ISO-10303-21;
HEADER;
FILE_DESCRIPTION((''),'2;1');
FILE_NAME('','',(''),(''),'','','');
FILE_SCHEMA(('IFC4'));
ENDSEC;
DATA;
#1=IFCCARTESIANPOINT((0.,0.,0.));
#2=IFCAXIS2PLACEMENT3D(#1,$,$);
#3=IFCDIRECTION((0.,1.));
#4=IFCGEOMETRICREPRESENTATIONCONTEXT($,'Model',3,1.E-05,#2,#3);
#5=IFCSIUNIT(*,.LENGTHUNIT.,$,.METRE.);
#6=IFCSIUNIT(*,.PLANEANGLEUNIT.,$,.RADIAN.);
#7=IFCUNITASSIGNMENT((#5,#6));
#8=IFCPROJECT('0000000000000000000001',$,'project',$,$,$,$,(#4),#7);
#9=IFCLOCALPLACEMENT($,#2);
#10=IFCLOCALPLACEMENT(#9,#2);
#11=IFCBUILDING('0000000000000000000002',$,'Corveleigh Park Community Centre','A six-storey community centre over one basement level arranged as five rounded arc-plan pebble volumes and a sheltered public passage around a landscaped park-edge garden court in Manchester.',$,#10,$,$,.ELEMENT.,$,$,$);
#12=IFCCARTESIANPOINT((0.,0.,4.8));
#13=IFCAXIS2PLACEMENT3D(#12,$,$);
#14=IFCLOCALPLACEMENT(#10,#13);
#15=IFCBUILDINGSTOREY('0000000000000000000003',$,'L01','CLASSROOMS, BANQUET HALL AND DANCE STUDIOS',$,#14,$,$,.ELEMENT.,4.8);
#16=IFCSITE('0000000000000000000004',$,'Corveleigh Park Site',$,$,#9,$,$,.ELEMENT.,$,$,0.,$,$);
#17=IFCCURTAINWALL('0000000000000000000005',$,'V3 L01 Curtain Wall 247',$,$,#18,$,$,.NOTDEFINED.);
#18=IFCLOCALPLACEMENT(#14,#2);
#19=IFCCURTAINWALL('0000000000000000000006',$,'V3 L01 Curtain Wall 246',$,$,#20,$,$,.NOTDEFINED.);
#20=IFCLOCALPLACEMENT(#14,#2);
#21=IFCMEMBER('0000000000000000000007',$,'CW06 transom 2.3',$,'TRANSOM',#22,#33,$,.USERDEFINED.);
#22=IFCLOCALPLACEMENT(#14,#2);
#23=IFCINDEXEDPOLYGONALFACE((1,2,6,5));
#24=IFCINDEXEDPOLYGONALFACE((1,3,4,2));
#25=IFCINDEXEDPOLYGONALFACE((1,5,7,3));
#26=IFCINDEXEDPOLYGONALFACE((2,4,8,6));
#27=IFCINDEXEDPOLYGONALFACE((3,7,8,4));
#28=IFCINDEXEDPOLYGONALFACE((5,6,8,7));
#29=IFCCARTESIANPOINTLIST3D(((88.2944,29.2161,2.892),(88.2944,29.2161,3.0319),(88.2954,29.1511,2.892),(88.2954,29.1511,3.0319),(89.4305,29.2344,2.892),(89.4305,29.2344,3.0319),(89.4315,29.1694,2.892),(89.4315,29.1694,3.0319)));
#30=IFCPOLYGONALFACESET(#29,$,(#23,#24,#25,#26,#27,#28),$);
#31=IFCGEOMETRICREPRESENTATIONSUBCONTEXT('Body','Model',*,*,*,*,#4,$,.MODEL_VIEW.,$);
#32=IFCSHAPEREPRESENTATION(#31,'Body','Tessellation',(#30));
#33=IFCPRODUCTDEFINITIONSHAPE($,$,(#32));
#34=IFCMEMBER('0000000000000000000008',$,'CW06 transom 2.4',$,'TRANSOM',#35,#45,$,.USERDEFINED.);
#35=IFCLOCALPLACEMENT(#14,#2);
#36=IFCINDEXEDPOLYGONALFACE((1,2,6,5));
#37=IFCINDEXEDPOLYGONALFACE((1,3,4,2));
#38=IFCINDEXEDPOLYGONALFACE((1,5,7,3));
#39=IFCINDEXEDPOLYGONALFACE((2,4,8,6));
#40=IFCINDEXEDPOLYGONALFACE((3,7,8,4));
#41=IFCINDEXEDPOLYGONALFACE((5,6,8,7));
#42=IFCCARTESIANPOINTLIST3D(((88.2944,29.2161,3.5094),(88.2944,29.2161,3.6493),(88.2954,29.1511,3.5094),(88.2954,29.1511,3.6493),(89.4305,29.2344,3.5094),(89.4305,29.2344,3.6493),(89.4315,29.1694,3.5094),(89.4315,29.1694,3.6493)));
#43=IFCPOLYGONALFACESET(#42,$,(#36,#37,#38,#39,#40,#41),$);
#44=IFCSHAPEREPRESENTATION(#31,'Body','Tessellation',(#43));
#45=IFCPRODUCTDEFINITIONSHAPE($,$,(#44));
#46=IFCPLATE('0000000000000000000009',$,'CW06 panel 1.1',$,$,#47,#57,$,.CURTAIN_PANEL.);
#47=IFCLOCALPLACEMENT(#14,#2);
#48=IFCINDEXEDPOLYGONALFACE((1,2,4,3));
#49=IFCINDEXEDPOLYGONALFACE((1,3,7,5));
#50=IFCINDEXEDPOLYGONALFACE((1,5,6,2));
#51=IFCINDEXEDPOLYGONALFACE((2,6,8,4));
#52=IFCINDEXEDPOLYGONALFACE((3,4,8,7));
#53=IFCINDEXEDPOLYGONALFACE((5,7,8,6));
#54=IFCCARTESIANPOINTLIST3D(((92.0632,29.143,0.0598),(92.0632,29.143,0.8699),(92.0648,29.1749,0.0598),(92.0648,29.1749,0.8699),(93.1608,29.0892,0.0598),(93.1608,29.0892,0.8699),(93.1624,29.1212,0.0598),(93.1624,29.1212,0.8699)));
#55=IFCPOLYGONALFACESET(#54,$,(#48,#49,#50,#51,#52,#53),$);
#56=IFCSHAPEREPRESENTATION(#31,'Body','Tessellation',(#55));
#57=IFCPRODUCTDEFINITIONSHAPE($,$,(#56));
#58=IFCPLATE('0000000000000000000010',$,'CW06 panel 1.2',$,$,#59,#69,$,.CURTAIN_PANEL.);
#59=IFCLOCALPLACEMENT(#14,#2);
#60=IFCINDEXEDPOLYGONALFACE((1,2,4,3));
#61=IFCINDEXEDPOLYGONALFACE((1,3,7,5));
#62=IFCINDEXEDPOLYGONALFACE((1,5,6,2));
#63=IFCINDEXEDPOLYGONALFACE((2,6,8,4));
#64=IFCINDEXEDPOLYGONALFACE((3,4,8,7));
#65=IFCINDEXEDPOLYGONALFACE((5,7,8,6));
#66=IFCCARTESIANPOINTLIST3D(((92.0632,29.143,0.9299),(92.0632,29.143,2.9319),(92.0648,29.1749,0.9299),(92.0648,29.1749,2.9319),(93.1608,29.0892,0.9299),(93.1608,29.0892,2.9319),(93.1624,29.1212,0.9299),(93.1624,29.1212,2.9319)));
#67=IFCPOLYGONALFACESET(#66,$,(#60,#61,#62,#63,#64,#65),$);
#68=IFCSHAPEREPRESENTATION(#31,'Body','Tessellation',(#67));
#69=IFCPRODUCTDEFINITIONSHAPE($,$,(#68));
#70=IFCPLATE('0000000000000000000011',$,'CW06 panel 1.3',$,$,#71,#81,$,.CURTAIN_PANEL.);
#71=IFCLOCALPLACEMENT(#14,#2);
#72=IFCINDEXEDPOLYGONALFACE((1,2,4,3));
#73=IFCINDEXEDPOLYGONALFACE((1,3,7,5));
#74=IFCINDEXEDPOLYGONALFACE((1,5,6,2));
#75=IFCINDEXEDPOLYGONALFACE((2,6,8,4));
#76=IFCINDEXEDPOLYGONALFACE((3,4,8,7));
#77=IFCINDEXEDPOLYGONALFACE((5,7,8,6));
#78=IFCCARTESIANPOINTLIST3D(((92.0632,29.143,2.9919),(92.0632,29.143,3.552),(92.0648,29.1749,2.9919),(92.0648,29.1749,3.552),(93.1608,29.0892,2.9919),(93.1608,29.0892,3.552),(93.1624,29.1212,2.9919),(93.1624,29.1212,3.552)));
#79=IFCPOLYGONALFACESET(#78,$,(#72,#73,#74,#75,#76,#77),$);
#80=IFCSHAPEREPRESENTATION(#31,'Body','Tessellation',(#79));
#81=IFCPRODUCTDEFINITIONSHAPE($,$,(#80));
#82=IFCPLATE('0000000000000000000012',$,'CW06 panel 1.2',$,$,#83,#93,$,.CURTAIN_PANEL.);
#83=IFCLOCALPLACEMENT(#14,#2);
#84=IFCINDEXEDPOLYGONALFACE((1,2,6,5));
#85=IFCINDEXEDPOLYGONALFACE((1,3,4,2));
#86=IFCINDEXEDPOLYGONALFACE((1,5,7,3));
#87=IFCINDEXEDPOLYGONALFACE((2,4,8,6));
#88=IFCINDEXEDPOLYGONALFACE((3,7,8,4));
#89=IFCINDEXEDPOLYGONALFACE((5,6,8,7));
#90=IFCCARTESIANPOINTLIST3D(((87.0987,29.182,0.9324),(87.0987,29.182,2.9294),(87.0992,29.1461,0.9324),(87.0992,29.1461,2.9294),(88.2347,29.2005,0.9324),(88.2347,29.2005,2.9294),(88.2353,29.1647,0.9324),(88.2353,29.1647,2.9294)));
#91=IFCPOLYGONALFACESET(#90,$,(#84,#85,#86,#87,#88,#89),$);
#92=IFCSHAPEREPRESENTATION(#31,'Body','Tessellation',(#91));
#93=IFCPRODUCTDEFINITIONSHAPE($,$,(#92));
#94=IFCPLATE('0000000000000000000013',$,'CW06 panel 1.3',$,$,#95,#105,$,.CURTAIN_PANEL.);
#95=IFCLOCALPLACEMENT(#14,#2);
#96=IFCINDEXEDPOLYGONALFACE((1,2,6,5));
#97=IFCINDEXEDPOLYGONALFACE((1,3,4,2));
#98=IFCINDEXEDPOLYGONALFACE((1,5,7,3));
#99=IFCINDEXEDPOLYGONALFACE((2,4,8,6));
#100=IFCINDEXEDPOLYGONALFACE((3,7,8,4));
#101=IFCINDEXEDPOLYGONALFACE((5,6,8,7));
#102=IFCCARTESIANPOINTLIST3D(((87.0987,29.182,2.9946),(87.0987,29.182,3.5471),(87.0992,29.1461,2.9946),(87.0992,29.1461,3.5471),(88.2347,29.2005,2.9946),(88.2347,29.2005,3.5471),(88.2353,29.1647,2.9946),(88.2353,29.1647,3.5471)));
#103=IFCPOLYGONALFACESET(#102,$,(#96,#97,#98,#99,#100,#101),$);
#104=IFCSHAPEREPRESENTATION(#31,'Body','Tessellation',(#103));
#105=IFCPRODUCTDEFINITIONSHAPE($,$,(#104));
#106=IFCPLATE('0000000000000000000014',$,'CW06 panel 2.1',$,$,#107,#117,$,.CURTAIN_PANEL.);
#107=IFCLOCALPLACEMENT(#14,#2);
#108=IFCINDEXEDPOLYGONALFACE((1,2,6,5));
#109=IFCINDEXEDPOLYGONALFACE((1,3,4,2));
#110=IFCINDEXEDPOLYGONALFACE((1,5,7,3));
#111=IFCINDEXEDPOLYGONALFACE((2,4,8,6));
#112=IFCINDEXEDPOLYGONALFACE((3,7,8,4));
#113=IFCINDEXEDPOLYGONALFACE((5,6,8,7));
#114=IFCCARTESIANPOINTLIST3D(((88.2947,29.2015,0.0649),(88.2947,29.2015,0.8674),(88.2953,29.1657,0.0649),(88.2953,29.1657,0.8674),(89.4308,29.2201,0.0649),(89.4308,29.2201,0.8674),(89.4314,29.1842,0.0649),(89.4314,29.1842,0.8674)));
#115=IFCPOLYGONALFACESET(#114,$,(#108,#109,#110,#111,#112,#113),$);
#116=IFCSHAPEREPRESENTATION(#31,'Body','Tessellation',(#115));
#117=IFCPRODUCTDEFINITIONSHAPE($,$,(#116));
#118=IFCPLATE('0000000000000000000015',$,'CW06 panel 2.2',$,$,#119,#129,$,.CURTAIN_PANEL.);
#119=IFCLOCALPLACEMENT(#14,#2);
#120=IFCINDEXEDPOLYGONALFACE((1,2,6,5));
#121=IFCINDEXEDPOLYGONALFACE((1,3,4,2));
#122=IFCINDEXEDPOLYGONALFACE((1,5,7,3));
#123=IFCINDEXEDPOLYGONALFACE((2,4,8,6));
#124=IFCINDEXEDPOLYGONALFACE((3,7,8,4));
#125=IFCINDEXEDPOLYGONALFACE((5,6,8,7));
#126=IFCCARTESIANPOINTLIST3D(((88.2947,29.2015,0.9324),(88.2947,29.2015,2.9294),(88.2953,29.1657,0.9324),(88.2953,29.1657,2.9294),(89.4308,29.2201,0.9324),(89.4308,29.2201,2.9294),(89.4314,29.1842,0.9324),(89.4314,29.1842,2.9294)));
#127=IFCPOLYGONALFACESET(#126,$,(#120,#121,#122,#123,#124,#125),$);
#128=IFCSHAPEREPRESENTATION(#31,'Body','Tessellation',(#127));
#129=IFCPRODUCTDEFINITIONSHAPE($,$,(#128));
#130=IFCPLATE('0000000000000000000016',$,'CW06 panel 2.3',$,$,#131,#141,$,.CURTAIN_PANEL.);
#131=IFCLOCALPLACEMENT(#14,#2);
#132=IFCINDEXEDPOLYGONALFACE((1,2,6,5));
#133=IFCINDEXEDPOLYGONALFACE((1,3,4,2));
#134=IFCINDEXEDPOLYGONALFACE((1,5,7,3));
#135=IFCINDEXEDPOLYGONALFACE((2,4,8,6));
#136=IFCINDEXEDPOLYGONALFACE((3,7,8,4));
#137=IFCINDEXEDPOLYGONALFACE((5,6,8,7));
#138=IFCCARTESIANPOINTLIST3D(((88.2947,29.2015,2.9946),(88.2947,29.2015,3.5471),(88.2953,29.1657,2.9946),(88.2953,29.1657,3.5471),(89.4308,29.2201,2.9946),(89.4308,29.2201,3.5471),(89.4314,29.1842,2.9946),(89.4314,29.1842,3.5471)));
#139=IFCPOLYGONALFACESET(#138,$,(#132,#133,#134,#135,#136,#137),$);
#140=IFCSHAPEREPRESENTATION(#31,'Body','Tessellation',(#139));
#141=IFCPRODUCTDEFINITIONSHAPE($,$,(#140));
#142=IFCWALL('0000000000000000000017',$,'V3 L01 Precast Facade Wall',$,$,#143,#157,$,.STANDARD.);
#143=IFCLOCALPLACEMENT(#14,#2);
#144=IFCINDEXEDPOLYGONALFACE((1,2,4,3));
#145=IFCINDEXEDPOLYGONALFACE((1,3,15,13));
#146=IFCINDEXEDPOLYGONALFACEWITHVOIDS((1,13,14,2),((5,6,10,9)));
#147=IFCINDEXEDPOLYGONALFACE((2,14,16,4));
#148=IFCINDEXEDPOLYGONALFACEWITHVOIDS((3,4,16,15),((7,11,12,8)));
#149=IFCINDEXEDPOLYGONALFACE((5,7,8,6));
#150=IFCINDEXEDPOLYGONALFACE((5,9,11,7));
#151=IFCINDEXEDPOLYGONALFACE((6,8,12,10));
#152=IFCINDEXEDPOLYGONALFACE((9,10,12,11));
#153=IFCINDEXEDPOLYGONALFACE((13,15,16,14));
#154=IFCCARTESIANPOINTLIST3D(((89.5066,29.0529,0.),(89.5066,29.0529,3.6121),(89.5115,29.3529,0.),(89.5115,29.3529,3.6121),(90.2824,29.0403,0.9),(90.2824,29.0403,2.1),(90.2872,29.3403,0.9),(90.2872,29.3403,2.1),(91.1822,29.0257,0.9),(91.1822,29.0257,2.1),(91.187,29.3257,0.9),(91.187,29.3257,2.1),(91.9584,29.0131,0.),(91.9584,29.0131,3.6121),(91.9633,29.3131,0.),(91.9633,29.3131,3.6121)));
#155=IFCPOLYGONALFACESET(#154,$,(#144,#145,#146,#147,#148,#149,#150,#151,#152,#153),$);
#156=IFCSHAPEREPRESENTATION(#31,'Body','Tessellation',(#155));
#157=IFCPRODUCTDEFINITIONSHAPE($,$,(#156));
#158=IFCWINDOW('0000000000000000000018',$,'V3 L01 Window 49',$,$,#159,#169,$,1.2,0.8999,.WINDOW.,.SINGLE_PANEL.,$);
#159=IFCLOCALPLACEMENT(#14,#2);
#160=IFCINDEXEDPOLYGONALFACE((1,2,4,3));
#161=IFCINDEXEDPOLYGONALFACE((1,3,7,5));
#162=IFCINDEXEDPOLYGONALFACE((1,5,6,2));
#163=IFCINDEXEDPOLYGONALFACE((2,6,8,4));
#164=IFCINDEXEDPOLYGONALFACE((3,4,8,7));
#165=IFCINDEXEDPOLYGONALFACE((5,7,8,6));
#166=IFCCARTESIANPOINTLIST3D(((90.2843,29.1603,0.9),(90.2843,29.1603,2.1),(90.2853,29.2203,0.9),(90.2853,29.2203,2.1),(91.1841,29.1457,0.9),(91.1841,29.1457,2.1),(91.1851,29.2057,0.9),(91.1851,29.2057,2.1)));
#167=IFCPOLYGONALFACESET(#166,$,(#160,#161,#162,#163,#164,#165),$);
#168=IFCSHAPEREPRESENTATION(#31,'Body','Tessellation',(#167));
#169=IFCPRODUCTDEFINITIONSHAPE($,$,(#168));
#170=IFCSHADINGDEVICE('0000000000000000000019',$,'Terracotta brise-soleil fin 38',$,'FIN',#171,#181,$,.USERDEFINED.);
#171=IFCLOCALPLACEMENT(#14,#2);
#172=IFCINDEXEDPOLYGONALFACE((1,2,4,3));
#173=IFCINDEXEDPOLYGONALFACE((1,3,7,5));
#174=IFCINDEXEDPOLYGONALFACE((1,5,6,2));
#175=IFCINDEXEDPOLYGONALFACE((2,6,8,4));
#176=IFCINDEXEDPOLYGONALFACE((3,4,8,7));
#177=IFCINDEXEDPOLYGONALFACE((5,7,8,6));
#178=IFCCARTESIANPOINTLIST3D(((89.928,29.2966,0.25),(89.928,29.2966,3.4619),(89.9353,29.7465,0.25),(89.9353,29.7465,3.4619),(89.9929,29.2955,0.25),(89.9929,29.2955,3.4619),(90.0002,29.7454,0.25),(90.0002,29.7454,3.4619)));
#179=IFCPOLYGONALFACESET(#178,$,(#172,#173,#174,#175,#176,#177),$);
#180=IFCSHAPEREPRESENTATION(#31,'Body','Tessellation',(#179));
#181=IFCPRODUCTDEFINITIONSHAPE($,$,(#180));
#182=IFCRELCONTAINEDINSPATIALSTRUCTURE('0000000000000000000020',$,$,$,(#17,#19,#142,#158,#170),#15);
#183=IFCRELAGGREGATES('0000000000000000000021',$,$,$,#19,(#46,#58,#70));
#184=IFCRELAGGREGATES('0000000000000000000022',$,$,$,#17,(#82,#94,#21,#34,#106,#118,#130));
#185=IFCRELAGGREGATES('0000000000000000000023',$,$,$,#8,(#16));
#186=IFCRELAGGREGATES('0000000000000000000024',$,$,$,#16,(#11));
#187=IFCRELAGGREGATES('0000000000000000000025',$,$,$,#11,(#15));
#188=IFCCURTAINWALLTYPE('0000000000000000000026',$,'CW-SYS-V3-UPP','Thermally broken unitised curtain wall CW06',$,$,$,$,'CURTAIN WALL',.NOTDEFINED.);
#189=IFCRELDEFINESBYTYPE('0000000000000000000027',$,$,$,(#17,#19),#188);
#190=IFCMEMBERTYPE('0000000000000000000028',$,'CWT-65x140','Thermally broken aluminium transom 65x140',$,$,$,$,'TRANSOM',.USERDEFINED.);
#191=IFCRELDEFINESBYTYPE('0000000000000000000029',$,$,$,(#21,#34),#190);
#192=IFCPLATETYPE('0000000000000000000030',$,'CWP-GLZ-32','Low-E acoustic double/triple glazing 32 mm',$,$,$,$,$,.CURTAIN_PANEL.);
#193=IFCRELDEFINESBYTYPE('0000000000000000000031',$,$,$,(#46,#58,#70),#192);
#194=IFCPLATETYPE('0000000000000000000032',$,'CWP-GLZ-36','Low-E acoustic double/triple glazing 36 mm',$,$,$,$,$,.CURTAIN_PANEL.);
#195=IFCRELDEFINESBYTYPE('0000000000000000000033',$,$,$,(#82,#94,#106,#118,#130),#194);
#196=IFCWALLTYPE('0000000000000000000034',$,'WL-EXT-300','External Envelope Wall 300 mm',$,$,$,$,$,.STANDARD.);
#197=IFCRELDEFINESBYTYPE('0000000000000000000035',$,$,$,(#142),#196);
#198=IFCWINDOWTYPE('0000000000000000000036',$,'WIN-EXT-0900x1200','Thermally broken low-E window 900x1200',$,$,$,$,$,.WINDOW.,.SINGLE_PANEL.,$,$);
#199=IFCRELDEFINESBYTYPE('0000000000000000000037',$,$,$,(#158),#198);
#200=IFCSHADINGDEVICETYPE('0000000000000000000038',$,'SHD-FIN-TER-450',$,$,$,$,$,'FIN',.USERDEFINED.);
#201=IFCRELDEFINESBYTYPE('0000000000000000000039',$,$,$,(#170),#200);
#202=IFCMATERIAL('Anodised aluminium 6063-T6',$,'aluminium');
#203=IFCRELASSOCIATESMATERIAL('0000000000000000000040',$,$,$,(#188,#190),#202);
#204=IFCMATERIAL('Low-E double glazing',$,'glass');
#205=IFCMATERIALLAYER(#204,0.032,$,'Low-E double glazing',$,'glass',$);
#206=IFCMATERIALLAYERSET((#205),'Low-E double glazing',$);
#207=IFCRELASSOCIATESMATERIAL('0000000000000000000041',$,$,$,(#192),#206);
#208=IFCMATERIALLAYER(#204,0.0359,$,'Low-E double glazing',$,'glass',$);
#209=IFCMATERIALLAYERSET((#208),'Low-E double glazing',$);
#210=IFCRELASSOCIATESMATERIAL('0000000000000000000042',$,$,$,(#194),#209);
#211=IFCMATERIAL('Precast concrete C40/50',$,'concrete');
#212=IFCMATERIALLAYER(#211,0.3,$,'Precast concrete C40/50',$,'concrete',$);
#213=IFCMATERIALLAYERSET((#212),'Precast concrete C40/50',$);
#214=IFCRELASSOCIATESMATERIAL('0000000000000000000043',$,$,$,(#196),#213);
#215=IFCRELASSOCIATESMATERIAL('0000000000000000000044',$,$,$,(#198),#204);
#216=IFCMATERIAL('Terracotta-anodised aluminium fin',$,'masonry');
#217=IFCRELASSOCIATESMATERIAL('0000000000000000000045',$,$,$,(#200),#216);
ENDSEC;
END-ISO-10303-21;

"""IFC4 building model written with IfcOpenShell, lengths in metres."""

from ifc_helpers import new_model, si_unit, direction, frame, frame_2d, origin, origin_2d, place, context, subcontext, project, spatial, rectangle, extrude, material, layer, layer_set, material_profile, profile_set, type_object, element, fill, aggregate, save


model = new_model("IFC4")

# Units and contexts
model_context = context("Model", 3, precision=1e-05, world=origin(), true_north=direction((0.0, 1.0)))
body_context = subcontext(model_context, "Body", "Model", "MODEL_VIEW")
ifc_project = project(units=[si_unit("LENGTHUNIT", "METRE"), si_unit("PLANEANGLEUNIT", "RADIAN")], contexts=[model_context])

# Site, building, storey
site_placement = place(None, origin())
site = spatial("IfcSite", under=ifc_project, at=site_placement, Name="Corveleigh Park Site", CompositionType="ELEMENT", RefElevation=0.0)
building_placement = place(site_placement, origin())
building = spatial("IfcBuilding", under=site, at=building_placement, Name="Corveleigh Park Community Centre", Description="A six-storey community centre over one basement level arranged as five rounded arc-plan pebble volumes and a sheltered public passage around a landscaped park-edge garden court in Manchester.", CompositionType="ELEMENT")
storey_placement = place(building_placement, frame((0.0, 0.0, 4.8)))
storey = spatial("IfcBuildingStorey", under=building, at=storey_placement, Name="L01", Description="CLASSROOMS, BANQUET HALL AND DANCE STUDIOS", CompositionType="ELEMENT", Elevation=4.8)

# Curtain walls
ifc_material_1 = material(Name="Anodised aluminium 6063-T6", Category="aluminium")
curtain_wall_type = type_object("IfcCurtainWallType", Name="CW-SYS-V3-UPP", Description="Thermally broken unitised curtain wall CW06", ElementType="CURTAIN WALL", PredefinedType="NOTDEFINED", material=ifc_material_1)
curtain_wall_1_placement = place(storey_placement, origin())
curtain_wall_1 = element("IfcCurtainWall", 1, at=curtain_wall_1_placement, inside=storey, type_object=curtain_wall_type, Name="V3 L01 Curtain Wall 247", PredefinedType="NOTDEFINED")
curtain_wall_2_placement = place(storey_placement, origin())
curtain_wall_2 = element("IfcCurtainWall", 2, at=curtain_wall_2_placement, inside=storey, type_object=curtain_wall_type, Name="V3 L01 Curtain Wall 246", PredefinedType="NOTDEFINED")

# Members
ifc_material_profile_1 = material_profile(ifc_material_1, rectangle(XDim=0.0649, YDim=0.1399, at=origin_2d()), Name="ALU-T65x140", Category="aluminium")
ifc_profile_set_1 = profile_set([ifc_material_profile_1], Name="Anodised aluminium 6063-T6")
member_type_1 = type_object("IfcMemberType", Name="CWT-65x140", Description="Thermally broken aluminium transom 65x140", ElementType="TRANSOM", PredefinedType="USERDEFINED", material=ifc_profile_set_1)
member_1_placement = place(storey_placement, frame((88.2949, 29.1836, 2.9619), z_axis=(0.99987, 0.016117, 0.0), x_axis=(-0.016117, 0.99987, 0.0)))
member_1 = element("IfcMember", 3, at=member_1_placement, type_object=member_type_1, Name="CW06 transom 2.3", ObjectType="TRANSOM", PredefinedType="USERDEFINED", context=body_context, shape_type="SweptSolid", body=[
    extrude(rectangle(XDim=0.0649, YDim=0.1399, at=origin_2d()), origin(), (0.0, 0.0, 1.0), 1.1362),
])
member_2_placement = place(storey_placement, frame((88.2949, 29.1836, 3.5793), z_axis=(0.99987, 0.016117, 0.0), x_axis=(-0.016117, 0.99987, 0.0)))
member_2 = element("IfcMember", 4, at=member_2_placement, type_object=member_type_1, Name="CW06 transom 2.4", ObjectType="TRANSOM", PredefinedType="USERDEFINED", context=body_context, shape_type="SweptSolid", body=[
    extrude(rectangle(XDim=0.0649, YDim=0.1399, at=origin_2d()), origin(), (0.0, 0.0, 1.0), 1.1362),
])

# Plates
ifc_material_2 = material(Name="Low-E double glazing", Category="glass")
ifc_layer_1 = layer(ifc_material_2, 0.032, Name="Low-E double glazing", Category="glass")
ifc_layer_set_1 = layer_set([ifc_layer_1], Name="Low-E double glazing")
plate_type_1 = type_object("IfcPlateType", Name="CWP-GLZ-32", Description="Low-E acoustic double/triple glazing 32 mm", PredefinedType="CURTAIN_PANEL", material=ifc_layer_set_1)
plate_1_placement = place(storey_placement, frame((92.6128, 29.1321, 0.0598), z_axis=(0.0, 0.0, 1.0), x_axis=(0.998803, -0.048921, 0.0)))
plate_1 = element("IfcPlate", 5, at=plate_1_placement, type_object=plate_type_1, Name="CW06 panel 1.1", PredefinedType="CURTAIN_PANEL", context=body_context, shape_type="SweptSolid", body=[
    extrude(rectangle(XDim=1.0989, YDim=0.032, at=origin_2d()), origin(), (0.0, 0.0, 1.0), 0.8101),
])
plate_2_placement = place(storey_placement, frame((92.6128, 29.1321, 0.9299), z_axis=(0.0, 0.0, 1.0), x_axis=(0.998803, -0.048921, 0.0)))
plate_2 = element("IfcPlate", 6, at=plate_2_placement, type_object=plate_type_1, Name="CW06 panel 1.2", PredefinedType="CURTAIN_PANEL", context=body_context, shape_type="SweptSolid", body=[
    extrude(rectangle(XDim=1.0989, YDim=0.032, at=origin_2d()), origin(), (0.0, 0.0, 1.0), 2.002),
])
plate_3_placement = place(storey_placement, frame((92.6128, 29.1321, 2.9919), z_axis=(0.0, 0.0, 1.0), x_axis=(0.998803, -0.048921, 0.0)))
plate_3 = element("IfcPlate", 7, at=plate_3_placement, type_object=plate_type_1, Name="CW06 panel 1.3", PredefinedType="CURTAIN_PANEL", context=body_context, shape_type="SweptSolid", body=[
    extrude(rectangle(XDim=1.0989, YDim=0.032, at=origin_2d()), origin(), (0.0, 0.0, 1.0), 0.5601),
])
aggregate(curtain_wall_2, [plate_1, plate_2, plate_3])
ifc_layer_2 = layer(ifc_material_2, 0.0359, Name="Low-E double glazing", Category="glass")
ifc_layer_set_2 = layer_set([ifc_layer_2], Name="Low-E double glazing")
plate_type_2 = type_object("IfcPlateType", Name="CWP-GLZ-36", Description="Low-E acoustic double/triple glazing 36 mm", PredefinedType="CURTAIN_PANEL", material=ifc_layer_set_2)
plate_4_placement = place(storey_placement, frame((87.667, 29.1733, 0.9324), z_axis=(0.0, 0.0, 1.0), x_axis=(0.999867, 0.016311, 0.0)))
plate_4 = element("IfcPlate", 8, at=plate_4_placement, type_object=plate_type_2, Name="CW06 panel 1.2", PredefinedType="CURTAIN_PANEL", context=body_context, shape_type="SweptSolid", body=[
    extrude(rectangle(XDim=1.1362, YDim=0.0359, at=origin_2d()), origin(), (0.0, 0.0, 1.0), 1.9971),
])
plate_5_placement = place(storey_placement, frame((87.667, 29.1733, 2.9946), z_axis=(0.0, 0.0, 1.0), x_axis=(0.999867, 0.016311, 0.0)))
plate_5 = element("IfcPlate", 9, at=plate_5_placement, type_object=plate_type_2, Name="CW06 panel 1.3", PredefinedType="CURTAIN_PANEL", context=body_context, shape_type="SweptSolid", body=[
    extrude(rectangle(XDim=1.1362, YDim=0.0359, at=origin_2d()), origin(), (0.0, 0.0, 1.0), 0.5525),
])
plate_6_placement = place(storey_placement, frame((88.863, 29.1929, 0.0649), z_axis=(0.0, 0.0, 1.0), x_axis=(0.999867, 0.016311, 0.0)))
plate_6 = element("IfcPlate", 10, at=plate_6_placement, type_object=plate_type_2, Name="CW06 panel 2.1", PredefinedType="CURTAIN_PANEL", context=body_context, shape_type="SweptSolid", body=[
    extrude(rectangle(XDim=1.1362, YDim=0.0359, at=origin_2d()), origin(), (0.0, 0.0, 1.0), 0.8025),
])
plate_7_placement = place(storey_placement, frame((88.863, 29.1929, 0.9324), z_axis=(0.0, 0.0, 1.0), x_axis=(0.999867, 0.016311, 0.0)))
plate_7 = element("IfcPlate", 11, at=plate_7_placement, type_object=plate_type_2, Name="CW06 panel 2.2", PredefinedType="CURTAIN_PANEL", context=body_context, shape_type="SweptSolid", body=[
    extrude(rectangle(XDim=1.1362, YDim=0.0359, at=origin_2d()), origin(), (0.0, 0.0, 1.0), 1.9971),
])
plate_8_placement = place(storey_placement, frame((88.863, 29.1929, 2.9946), z_axis=(0.0, 0.0, 1.0), x_axis=(0.999867, 0.016311, 0.0)))
plate_8 = element("IfcPlate", 12, at=plate_8_placement, type_object=plate_type_2, Name="CW06 panel 2.3", PredefinedType="CURTAIN_PANEL", context=body_context, shape_type="SweptSolid", body=[
    extrude(rectangle(XDim=1.1362, YDim=0.0359, at=origin_2d()), origin(), (0.0, 0.0, 1.0), 0.5525),
])
aggregate(curtain_wall_1, [plate_4, plate_5, member_1, member_2, plate_6, plate_7, plate_8])

# Wall, opening, window
ifc_material_3 = material(Name="Precast concrete C40/50", Category="concrete")
ifc_layer_3 = layer(ifc_material_3, 0.3, Name="Precast concrete C40/50", Category="concrete")
ifc_layer_set_3 = layer_set([ifc_layer_3], Name="Precast concrete C40/50")
wall_type = type_object("IfcWallType", Name="WL-EXT-300", Description="External Envelope Wall 300 mm", PredefinedType="STANDARD", material=ifc_layer_set_3)
wall_placement = place(storey_placement, frame((89.509, 29.2029, 0.0), z_axis=(0.0, 0.0, 1.0), x_axis=(0.999868, -0.016228, 0.0)))
wall = element("IfcWall", 13, at=wall_placement, inside=storey, type_object=wall_type, Name="V3 L01 Precast Facade Wall", PredefinedType="STANDARD", context=body_context, shape_type="SweptSolid", body=[
    extrude(rectangle(XDim=2.4521, YDim=0.3, at=frame_2d((1.2261, 0.0))), origin(), (0.0, 0.0, 1.0), 3.6121),
])
opening_placement = place(wall_placement, frame((0.7759, 0.0, 0.8999)))
opening = element("IfcOpeningElement", 14, at=opening_placement, cuts=wall, PredefinedType="OPENING", context=body_context, shape_type="SweptSolid", body=[
    extrude(rectangle(XDim=0.8999, YDim=1.2, at=frame_2d((0.45, 0.6001))), frame((0.0, 0.1599, 0.0), z_axis=(0.0, -1.0, 0.0), x_axis=(1.0, 0.0, 0.0)), (0.0, 0.0, 1.0), 0.3201),
])
window_type = type_object("IfcWindowType", Name="WIN-EXT-0900x1200", Description="Thermally broken low-E window 900x1200", PartitioningType="SINGLE_PANEL", PredefinedType="WINDOW", material=ifc_material_2)
window_placement = place(opening_placement, origin())
window = element("IfcWindow", 15, at=window_placement, inside=storey, type_object=window_type, Name="V3 L01 Window 49", OverallHeight=1.2, OverallWidth=0.8999, PartitioningType="SINGLE_PANEL", PredefinedType="WINDOW", context=body_context, shape_type="SweptSolid", body=[
    extrude(rectangle(XDim=0.8999, YDim=1.2, at=frame_2d((0.45, 0.6001))), frame((0.0, 0.03, 0.0), z_axis=(0.0, -1.0, 0.0), x_axis=(1.0, 0.0, 0.0)), (0.0, 0.0, 1.0), 0.0601),
])
fill(opening, window)

# Shading device
ifc_material_4 = material(Name="Terracotta-anodised aluminium fin", Category="masonry")
shading_device_type = type_object("IfcShadingDeviceType", Name="SHD-FIN-TER-450", ElementType="FIN", PredefinedType="USERDEFINED", material=ifc_material_4)
shading_device_placement = place(storey_placement, frame((89.9641, 29.521, 0.25), z_axis=(0.0, 0.0, 1.0), x_axis=(0.016311, 0.999867, 0.0)))
element("IfcShadingDevice", 16, at=shading_device_placement, inside=storey, type_object=shading_device_type, Name="Terracotta brise-soleil fin 38", ObjectType="FIN", PredefinedType="USERDEFINED", context=body_context, shape_type="SweptSolid", body=[
    extrude(rectangle(XDim=0.45, YDim=0.0649, at=origin_2d()), origin(), (0.0, 0.0, 1.0), 3.2119),
])

save(model, "model.ifc")
